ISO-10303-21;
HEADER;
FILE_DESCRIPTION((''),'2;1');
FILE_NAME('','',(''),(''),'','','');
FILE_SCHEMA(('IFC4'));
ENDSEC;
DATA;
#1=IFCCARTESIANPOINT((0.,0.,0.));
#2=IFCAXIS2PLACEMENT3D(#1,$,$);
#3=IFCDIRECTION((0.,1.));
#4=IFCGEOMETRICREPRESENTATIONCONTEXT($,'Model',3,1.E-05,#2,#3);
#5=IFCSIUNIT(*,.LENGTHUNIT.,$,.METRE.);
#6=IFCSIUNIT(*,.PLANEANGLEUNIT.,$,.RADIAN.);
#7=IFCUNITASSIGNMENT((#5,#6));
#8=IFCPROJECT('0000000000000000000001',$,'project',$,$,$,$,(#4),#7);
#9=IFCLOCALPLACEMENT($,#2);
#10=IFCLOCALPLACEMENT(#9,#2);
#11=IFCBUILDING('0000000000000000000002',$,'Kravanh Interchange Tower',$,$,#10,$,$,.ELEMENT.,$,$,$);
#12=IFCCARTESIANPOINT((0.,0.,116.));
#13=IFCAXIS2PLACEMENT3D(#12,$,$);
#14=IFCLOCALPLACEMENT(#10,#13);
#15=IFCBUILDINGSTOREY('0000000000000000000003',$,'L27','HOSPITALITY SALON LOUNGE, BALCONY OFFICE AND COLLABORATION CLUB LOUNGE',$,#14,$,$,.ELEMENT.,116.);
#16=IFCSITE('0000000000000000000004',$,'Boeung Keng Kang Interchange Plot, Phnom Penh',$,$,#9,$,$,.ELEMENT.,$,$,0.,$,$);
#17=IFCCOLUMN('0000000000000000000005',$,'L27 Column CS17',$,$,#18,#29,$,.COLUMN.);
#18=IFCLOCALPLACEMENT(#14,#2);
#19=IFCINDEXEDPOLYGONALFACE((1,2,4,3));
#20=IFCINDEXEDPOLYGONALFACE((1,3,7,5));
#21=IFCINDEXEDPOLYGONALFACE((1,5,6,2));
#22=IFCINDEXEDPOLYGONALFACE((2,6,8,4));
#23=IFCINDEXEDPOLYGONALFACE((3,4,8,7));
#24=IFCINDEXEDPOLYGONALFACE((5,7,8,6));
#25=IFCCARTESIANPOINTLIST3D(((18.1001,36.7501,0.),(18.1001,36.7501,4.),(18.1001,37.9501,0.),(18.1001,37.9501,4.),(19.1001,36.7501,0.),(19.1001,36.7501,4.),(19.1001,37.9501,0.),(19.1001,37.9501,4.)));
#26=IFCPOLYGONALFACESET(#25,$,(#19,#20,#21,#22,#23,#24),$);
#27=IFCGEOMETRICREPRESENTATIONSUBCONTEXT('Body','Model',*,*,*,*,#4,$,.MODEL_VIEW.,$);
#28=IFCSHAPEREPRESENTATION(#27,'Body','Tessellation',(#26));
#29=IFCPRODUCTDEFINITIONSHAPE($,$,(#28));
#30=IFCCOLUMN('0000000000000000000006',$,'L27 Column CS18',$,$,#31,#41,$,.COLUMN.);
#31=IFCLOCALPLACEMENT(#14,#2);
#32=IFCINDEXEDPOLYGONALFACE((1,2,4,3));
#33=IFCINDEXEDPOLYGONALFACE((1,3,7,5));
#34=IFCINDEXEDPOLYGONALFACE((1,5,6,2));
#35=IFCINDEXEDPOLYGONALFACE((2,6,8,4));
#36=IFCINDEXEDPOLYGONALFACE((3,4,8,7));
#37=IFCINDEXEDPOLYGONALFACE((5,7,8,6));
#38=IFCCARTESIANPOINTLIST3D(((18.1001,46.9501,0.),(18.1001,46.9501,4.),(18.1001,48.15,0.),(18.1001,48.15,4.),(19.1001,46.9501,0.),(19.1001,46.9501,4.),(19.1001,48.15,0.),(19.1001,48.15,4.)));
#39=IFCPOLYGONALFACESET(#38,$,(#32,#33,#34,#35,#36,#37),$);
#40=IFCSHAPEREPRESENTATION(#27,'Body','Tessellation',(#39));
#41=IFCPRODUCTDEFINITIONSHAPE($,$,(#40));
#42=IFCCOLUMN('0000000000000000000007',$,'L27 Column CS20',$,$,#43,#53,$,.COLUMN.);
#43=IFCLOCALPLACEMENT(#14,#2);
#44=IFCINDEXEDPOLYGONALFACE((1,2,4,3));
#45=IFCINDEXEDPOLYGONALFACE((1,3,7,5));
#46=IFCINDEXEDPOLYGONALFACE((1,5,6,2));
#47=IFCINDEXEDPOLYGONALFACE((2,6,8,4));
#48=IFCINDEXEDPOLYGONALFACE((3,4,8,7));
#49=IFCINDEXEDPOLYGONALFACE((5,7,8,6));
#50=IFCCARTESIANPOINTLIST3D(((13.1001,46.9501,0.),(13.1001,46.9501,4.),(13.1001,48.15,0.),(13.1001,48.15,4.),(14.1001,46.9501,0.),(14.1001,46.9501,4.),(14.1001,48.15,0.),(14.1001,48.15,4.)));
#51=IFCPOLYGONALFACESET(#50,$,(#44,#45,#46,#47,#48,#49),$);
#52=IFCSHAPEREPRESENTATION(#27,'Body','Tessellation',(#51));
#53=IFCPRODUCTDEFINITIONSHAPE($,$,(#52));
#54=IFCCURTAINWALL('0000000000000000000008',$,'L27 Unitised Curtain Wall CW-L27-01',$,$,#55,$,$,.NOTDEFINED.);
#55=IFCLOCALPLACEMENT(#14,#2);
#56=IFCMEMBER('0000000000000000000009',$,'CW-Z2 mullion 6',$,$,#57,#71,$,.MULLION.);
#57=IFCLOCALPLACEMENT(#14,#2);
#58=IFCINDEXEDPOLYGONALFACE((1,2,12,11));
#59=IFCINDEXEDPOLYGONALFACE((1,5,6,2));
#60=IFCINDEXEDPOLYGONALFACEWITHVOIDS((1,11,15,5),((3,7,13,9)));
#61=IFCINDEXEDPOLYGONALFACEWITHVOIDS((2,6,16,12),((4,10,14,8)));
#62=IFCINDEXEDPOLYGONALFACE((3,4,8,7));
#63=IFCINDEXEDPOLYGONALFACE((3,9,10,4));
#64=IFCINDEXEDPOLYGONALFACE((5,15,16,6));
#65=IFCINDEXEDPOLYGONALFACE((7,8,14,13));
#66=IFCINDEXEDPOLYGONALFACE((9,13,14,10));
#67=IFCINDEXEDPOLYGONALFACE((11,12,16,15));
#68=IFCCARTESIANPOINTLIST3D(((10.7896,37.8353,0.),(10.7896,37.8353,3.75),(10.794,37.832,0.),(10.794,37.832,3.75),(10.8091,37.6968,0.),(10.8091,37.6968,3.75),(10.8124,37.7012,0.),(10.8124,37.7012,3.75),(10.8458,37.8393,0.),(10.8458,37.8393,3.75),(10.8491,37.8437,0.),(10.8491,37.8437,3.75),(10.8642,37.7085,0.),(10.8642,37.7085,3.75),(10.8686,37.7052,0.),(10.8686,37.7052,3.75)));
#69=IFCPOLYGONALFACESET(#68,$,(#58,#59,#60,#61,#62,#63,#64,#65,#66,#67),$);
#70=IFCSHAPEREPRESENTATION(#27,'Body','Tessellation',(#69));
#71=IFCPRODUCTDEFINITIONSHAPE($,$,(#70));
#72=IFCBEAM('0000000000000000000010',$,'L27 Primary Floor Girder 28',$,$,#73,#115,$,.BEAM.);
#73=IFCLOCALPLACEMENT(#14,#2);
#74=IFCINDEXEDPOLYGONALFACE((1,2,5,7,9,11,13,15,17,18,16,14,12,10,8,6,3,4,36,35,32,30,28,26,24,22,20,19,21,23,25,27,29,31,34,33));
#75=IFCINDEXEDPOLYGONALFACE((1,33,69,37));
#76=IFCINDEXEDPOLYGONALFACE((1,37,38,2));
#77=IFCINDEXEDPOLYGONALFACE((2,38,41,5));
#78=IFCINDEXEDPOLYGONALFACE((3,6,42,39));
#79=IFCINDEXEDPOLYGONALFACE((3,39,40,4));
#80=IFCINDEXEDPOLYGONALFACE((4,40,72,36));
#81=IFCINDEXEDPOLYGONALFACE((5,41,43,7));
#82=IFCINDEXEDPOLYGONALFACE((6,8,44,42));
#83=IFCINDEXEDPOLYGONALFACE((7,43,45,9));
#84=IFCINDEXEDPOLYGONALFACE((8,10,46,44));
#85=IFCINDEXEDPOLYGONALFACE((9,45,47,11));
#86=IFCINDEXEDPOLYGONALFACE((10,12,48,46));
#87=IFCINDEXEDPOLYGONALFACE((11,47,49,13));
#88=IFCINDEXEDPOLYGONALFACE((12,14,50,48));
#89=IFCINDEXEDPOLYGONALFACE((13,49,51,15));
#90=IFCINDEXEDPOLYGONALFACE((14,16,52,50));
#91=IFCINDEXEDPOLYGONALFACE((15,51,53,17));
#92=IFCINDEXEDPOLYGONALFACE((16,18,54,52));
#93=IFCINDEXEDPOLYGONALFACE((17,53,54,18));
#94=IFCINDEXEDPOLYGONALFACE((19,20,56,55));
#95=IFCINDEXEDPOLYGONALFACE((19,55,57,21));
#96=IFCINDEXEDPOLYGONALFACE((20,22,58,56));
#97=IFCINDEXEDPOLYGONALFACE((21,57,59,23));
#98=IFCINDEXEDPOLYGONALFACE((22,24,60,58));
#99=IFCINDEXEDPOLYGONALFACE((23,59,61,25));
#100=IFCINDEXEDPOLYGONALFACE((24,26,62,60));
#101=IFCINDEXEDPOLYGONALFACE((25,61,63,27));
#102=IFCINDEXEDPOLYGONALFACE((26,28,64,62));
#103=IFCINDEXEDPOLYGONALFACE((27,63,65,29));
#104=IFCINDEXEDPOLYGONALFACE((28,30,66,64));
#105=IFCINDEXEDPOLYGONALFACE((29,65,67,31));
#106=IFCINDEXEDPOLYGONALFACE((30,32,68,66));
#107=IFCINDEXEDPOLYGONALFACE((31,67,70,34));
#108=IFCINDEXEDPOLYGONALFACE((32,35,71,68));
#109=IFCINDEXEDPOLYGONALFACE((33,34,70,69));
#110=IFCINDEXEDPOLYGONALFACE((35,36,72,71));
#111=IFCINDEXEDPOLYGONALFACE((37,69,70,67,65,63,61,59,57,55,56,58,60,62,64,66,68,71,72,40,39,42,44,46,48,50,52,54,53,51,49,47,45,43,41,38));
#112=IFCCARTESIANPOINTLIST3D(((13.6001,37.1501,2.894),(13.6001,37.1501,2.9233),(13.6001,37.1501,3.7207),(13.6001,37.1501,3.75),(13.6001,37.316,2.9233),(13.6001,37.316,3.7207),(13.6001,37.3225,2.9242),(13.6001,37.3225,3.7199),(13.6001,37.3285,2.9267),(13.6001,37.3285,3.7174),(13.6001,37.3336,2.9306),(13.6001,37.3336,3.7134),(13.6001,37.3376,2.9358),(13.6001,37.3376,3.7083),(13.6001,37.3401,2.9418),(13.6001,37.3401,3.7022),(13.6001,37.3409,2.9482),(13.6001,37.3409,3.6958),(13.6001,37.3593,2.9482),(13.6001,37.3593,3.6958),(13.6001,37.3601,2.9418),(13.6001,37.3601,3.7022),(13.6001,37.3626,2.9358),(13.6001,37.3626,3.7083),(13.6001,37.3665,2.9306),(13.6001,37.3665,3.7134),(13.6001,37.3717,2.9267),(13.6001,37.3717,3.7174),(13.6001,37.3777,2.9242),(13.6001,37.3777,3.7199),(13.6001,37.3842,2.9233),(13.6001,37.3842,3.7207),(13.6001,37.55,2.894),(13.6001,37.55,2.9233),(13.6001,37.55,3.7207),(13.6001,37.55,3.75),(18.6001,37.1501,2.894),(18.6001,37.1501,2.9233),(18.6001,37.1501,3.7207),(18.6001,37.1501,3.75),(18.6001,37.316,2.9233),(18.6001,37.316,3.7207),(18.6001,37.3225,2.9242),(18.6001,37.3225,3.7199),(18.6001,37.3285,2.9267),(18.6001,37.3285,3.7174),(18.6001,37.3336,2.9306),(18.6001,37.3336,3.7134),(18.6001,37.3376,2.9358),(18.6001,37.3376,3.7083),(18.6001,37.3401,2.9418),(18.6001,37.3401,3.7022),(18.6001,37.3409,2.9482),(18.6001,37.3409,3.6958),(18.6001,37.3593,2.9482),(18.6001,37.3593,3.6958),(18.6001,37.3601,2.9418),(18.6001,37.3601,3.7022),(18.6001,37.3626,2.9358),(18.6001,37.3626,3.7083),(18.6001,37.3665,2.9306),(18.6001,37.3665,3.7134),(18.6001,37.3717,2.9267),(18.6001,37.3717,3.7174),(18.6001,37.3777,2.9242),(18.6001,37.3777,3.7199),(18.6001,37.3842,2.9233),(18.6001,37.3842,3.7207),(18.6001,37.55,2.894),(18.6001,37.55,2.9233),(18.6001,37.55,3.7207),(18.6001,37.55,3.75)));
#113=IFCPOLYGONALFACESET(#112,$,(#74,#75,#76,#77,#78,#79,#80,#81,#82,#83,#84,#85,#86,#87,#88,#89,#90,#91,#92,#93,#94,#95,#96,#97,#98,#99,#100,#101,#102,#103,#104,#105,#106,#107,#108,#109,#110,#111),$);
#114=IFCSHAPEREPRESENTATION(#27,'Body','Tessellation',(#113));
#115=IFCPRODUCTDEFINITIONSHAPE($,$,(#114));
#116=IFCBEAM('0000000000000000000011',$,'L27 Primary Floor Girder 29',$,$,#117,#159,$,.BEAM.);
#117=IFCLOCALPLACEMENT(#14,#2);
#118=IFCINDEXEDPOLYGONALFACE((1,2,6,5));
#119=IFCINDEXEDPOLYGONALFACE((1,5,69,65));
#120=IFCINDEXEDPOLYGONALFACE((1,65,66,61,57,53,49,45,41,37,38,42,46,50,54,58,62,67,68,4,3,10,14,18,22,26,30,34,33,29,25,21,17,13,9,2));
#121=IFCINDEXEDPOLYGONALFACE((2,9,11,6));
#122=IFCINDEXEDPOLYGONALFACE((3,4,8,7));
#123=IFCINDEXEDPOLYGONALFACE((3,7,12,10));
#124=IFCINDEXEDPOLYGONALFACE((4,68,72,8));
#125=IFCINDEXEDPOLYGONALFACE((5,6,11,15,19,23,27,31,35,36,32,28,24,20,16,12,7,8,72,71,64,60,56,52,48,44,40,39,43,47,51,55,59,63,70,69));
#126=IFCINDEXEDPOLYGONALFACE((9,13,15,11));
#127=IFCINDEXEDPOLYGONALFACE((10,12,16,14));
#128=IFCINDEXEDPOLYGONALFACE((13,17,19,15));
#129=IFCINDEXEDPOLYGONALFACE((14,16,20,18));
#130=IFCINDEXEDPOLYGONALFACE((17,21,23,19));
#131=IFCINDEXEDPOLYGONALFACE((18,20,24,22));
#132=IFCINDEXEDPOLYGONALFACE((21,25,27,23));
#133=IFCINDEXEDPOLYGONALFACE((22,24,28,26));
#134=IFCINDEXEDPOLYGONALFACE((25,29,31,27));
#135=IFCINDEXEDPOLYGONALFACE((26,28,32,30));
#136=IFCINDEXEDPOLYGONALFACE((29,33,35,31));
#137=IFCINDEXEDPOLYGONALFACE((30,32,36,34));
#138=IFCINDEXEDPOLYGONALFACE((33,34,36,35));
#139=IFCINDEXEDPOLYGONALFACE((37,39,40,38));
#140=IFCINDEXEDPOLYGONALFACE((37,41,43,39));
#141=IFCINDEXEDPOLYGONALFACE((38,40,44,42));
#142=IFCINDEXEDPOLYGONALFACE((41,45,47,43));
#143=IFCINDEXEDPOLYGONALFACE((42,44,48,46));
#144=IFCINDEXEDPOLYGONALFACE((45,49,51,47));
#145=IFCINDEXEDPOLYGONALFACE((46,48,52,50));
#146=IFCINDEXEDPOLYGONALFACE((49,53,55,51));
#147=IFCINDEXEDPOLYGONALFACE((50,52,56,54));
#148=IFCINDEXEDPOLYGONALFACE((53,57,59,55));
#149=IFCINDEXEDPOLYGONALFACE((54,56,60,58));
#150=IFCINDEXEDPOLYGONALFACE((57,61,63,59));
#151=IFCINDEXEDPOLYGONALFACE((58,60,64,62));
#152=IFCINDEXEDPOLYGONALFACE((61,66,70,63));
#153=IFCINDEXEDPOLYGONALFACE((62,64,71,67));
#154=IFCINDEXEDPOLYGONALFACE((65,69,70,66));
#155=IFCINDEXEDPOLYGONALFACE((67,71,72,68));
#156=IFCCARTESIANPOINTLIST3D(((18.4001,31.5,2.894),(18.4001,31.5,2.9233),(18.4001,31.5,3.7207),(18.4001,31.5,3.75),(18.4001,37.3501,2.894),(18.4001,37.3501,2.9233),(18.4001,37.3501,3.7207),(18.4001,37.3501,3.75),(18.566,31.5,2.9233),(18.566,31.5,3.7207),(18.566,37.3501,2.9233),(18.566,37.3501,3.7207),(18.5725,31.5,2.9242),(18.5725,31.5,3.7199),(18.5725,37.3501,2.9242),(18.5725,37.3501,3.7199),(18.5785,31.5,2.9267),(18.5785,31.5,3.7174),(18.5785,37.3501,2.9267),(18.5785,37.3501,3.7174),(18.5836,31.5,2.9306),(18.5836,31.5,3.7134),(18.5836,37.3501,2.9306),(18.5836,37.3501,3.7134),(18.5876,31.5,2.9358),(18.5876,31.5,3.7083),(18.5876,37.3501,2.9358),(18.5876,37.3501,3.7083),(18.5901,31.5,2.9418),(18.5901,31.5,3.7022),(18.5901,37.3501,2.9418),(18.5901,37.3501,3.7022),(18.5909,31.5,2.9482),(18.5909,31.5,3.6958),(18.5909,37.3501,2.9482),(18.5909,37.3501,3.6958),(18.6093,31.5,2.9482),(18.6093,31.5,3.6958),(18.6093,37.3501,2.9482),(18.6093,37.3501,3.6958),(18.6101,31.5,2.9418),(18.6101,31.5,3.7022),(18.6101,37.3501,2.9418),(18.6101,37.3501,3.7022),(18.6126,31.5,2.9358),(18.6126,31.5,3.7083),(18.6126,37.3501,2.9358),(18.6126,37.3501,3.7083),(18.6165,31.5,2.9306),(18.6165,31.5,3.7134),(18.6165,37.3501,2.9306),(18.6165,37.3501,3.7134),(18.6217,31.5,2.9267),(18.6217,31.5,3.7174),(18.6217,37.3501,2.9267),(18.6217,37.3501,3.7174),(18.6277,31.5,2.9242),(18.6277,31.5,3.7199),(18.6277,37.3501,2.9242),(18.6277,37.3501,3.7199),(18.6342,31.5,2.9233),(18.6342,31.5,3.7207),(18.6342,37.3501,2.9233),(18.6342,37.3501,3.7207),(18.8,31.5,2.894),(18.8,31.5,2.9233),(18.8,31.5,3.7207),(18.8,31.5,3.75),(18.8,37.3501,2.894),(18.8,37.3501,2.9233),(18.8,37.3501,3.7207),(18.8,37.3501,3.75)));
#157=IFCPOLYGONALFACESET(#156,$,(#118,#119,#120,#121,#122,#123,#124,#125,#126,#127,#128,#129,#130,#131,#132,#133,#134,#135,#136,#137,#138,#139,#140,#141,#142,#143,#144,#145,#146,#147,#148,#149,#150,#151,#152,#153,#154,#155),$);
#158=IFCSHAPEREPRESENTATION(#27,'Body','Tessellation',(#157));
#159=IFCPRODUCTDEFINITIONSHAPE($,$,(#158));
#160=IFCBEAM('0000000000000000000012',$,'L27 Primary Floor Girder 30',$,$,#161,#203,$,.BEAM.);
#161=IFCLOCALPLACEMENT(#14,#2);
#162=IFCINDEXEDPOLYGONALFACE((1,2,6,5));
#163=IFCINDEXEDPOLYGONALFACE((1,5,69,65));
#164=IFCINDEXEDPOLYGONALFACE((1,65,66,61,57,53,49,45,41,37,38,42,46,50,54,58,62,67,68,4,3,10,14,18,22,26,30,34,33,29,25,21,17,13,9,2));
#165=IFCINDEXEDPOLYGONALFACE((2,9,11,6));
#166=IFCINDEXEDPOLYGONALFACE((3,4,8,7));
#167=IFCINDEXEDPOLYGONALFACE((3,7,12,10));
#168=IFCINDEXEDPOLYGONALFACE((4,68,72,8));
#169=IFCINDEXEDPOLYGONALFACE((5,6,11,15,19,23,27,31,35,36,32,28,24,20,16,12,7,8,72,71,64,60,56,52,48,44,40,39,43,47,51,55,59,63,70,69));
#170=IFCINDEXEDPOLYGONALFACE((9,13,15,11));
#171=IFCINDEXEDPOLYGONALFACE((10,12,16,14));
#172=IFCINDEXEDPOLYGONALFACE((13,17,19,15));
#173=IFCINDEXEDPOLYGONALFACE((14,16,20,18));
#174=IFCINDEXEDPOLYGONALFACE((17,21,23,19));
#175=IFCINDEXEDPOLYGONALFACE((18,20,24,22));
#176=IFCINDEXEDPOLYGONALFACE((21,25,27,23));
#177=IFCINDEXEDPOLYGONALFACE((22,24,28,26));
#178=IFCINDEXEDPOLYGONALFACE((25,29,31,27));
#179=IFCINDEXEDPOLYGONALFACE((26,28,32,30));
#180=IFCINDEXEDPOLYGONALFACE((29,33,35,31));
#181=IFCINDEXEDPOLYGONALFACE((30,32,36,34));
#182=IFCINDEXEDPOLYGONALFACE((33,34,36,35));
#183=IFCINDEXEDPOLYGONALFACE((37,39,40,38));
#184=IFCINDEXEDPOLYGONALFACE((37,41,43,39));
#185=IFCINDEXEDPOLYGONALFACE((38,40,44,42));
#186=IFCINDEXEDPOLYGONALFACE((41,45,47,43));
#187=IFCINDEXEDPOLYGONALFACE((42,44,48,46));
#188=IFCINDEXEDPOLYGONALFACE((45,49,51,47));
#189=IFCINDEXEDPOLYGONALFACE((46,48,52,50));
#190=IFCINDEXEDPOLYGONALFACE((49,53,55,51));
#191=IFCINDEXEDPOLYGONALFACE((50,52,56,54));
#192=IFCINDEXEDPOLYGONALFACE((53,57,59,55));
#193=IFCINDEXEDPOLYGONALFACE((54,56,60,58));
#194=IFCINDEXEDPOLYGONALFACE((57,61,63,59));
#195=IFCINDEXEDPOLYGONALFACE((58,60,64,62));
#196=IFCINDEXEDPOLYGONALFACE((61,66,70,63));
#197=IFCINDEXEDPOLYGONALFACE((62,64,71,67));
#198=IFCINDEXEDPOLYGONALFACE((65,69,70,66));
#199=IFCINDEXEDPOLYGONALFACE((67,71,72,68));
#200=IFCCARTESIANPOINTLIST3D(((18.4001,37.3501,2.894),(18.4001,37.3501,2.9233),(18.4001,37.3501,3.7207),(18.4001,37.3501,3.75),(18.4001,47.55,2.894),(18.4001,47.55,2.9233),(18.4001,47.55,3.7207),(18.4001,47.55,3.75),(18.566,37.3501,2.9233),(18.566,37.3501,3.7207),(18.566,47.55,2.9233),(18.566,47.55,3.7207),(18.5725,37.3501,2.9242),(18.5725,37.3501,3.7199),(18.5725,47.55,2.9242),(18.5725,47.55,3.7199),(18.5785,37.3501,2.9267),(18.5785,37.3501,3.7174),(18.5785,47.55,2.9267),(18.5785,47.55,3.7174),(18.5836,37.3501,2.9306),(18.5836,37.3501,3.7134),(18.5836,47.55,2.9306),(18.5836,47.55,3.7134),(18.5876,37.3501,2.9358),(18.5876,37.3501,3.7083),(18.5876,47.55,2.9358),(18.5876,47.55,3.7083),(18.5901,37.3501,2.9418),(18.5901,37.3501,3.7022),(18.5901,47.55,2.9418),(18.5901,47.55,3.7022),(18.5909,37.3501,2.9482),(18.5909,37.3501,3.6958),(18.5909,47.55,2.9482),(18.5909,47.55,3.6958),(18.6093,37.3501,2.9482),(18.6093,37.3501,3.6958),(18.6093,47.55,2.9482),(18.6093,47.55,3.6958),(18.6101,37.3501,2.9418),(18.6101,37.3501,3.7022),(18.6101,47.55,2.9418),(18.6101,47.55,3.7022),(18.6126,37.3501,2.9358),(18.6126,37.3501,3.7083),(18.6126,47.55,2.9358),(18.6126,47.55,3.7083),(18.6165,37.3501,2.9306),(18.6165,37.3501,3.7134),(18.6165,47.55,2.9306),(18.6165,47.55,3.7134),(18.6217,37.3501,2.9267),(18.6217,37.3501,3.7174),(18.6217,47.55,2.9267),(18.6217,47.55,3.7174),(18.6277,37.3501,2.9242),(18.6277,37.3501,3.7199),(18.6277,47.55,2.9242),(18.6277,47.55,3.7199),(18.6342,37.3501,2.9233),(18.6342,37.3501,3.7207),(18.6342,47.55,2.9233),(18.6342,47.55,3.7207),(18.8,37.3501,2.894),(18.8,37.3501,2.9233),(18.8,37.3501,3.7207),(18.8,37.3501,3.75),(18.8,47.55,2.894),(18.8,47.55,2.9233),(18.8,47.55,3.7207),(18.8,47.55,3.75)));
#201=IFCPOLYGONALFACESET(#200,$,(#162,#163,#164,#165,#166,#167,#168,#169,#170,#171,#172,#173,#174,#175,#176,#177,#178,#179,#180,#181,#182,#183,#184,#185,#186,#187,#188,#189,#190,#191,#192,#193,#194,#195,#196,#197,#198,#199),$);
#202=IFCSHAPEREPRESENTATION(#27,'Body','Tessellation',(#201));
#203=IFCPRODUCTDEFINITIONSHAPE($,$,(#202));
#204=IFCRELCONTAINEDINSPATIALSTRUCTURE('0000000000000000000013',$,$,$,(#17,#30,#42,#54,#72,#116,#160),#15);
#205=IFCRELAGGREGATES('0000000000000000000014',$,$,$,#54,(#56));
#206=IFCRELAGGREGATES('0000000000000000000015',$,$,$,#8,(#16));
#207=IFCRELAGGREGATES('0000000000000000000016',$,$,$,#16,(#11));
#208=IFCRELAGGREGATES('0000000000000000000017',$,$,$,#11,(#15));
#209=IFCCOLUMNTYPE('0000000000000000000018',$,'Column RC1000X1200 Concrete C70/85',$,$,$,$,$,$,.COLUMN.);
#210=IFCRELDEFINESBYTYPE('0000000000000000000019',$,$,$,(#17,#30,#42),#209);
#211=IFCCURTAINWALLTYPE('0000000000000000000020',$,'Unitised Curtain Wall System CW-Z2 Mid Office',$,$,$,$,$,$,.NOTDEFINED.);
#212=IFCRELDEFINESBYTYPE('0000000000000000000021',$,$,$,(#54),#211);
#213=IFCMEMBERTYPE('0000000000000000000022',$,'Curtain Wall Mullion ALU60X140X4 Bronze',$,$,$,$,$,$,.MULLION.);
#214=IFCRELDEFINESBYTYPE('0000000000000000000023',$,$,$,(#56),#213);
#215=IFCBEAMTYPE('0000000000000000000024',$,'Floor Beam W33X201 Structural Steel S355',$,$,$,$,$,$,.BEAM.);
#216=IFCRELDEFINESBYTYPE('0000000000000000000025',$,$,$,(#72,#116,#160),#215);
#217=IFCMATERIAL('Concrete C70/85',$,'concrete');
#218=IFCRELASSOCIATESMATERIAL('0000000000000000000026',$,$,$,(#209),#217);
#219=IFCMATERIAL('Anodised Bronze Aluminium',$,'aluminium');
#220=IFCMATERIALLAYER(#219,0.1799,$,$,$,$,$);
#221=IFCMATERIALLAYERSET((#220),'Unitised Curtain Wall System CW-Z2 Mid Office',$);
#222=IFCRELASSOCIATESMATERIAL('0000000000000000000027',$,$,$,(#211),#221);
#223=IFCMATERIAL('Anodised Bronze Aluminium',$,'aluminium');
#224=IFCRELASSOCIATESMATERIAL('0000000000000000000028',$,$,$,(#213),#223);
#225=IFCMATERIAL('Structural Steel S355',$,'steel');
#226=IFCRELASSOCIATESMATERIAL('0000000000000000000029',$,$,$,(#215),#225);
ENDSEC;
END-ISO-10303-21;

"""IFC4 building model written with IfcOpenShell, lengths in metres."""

from ifc_helpers import new_model, si_unit, direction, frame, origin, origin_2d, place, context, subcontext, project, spatial, rectangle, hollow_rectangle, i_section, extrude, material, layer, layer_set, material_profile, profile_set, type_object, element, aggregate, save


model = new_model("IFC4")

# Units and contexts
model_context = context("Model", 3, precision=1e-05, world=origin(), true_north=direction((0.0, 1.0)))
body_context = subcontext(model_context, "Body", "Model", "MODEL_VIEW")
ifc_project = project(units=[si_unit("LENGTHUNIT", "METRE"), si_unit("PLANEANGLEUNIT", "RADIAN")], contexts=[model_context])

# Site, building, storey
site_placement = place(None, origin())
site = spatial("IfcSite", under=ifc_project, at=site_placement, Name="Boeung Keng Kang Interchange Plot, Phnom Penh", CompositionType="ELEMENT", RefElevation=0.0)
building_placement = place(site_placement, origin())
building = spatial("IfcBuilding", under=site, at=building_placement, Name="Kravanh Interchange Tower", CompositionType="ELEMENT")
storey_placement = place(building_placement, frame((0.0, 0.0, 116.0)))
storey = spatial("IfcBuildingStorey", under=building, at=storey_placement, Name="L27", Description="HOSPITALITY SALON LOUNGE, BALCONY OFFICE AND COLLABORATION CLUB LOUNGE", CompositionType="ELEMENT", Elevation=116.0)

# Columns
ifc_material_1 = material(Name="Concrete C70/85", Category="concrete")
ifc_material_profile_1 = material_profile(ifc_material_1, rectangle(XDim=1.0, YDim=1.2, at=origin_2d()), Name="RC1000X1200")
ifc_profile_set_1 = profile_set([ifc_material_profile_1], Name="Concrete C70/85")
column_type = type_object("IfcColumnType", Name="Column RC1000X1200 Concrete C70/85", PredefinedType="COLUMN", material=ifc_profile_set_1)
for number, where, z_axis, x_axis, name in (
    (1, (18.6001, 37.3501, 0.0), (0.0, 0.0, 1.0), (1.0, 0.0, 0.0), "L27 Column CS17"),
    (2, (18.6001, 47.55, 0.0), (0.0, 0.0, 1.0), (1.0, 0.0, 0.0), "L27 Column CS18"),
    (3, (13.6001, 47.55, 0.0), (0.0, 0.0, 1.0), (1.0, 0.0, 0.0), "L27 Column CS20"),
):
    element("IfcColumn", number, at=place(storey_placement, frame(where, z_axis=z_axis, x_axis=x_axis)), inside=storey, type_object=column_type, Name=name, PredefinedType="COLUMN", context=body_context, shape_type="SweptSolid", body=[
        extrude(rectangle(XDim=1.0, YDim=1.2, at=origin_2d()), origin(), (0.0, 0.0, 1.0), 4.0),
    ])

# Curtain wall, member
ifc_material_2 = material(Name="Anodised Bronze Aluminium", Category="aluminium")
ifc_layer_1 = layer(ifc_material_2, 0.1799)
ifc_layer_set_1 = layer_set([ifc_layer_1], Name="Unitised Curtain Wall System CW-Z2 Mid Office")
curtain_wall_type = type_object("IfcCurtainWallType", Name="Unitised Curtain Wall System CW-Z2 Mid Office", PredefinedType="NOTDEFINED", material=ifc_layer_set_1)
curtain_wall_placement = place(storey_placement, origin())
curtain_wall = element("IfcCurtainWall", 4, at=curtain_wall_placement, inside=storey, type_object=curtain_wall_type, Name="L27 Unitised Curtain Wall CW-L27-01", PredefinedType="NOTDEFINED")
ifc_material_3 = material(Name="Anodised Bronze Aluminium", Category="aluminium")
ifc_material_profile_2 = material_profile(ifc_material_3, hollow_rectangle(XDim=0.0601, YDim=0.1399, WallThickness=0.0039, at=origin_2d()), Name="ALU60X140X4")
ifc_profile_set_2 = profile_set([ifc_material_profile_2], Name="Anodised Bronze Aluminium")
member_type = type_object("IfcMemberType", Name="Curtain Wall Mullion ALU60X140X4 Bronze", PredefinedType="MULLION", material=ifc_profile_set_2)
member_placement = place(storey_placement, frame((10.8291, 37.7703, 0.0), z_axis=(0.0, 0.0, 1.0), x_axis=(-0.990268, -0.139173, 0.0)))
member = element("IfcMember", 5, at=member_placement, type_object=member_type, Name="CW-Z2 mullion 6", PredefinedType="MULLION", context=body_context, shape_type="SweptSolid", body=[
    extrude(hollow_rectangle(XDim=0.0601, YDim=0.1399, WallThickness=0.0039, at=origin_2d()), origin(), (0.0, 0.0, 1.0), 3.75),
])
aggregate(curtain_wall, [member])

# Beams
ifc_material_4 = material(Name="Structural Steel S355", Category="steel")
ifc_material_profile_3 = material_profile(ifc_material_4, i_section(OverallWidth=0.3999, OverallDepth=0.856, WebThickness=0.0183, FlangeThickness=0.0293, FilletRadius=0.0249, at=origin_2d()), Name="W33X201")
ifc_profile_set_3 = profile_set([ifc_material_profile_3], Name="Structural Steel S355")
beam_type = type_object("IfcBeamType", Name="Floor Beam W33X201 Structural Steel S355", PredefinedType="BEAM", material=ifc_profile_set_3)
beam_1_placement = place(storey_placement, frame((18.6001, 37.3501, 3.322), z_axis=(-1.0, 0.0, 0.0), x_axis=(0.0, -1.0, 0.0)))
element("IfcBeam", 6, at=beam_1_placement, inside=storey, type_object=beam_type, Name="L27 Primary Floor Girder 28", PredefinedType="BEAM", context=body_context, shape_type="SweptSolid", body=[
    extrude(i_section(OverallWidth=0.3999, OverallDepth=0.856, WebThickness=0.0183, FlangeThickness=0.0293, FilletRadius=0.0249, at=origin_2d()), origin(), (0.0, 0.0, 1.0), 5.0),
])
beam_2_placement = place(storey_placement, frame((18.6001, 37.3501, 3.322), z_axis=(0.0, -1.0, 0.0), x_axis=(1.0, 0.0, 0.0)))
element("IfcBeam", 7, at=beam_2_placement, inside=storey, type_object=beam_type, Name="L27 Primary Floor Girder 29", PredefinedType="BEAM", context=body_context, shape_type="SweptSolid", body=[
    extrude(i_section(OverallWidth=0.3999, OverallDepth=0.856, WebThickness=0.0183, FlangeThickness=0.0293, FilletRadius=0.0249, at=origin_2d()), origin(), (0.0, 0.0, 1.0), 5.8501),
])
beam_3_placement = place(storey_placement, frame((18.6001, 37.3501, 3.322), z_axis=(0.0, 1.0, 0.0), x_axis=(-1.0, 0.0, 0.0)))
element("IfcBeam", 8, at=beam_3_placement, inside=storey, type_object=beam_type, Name="L27 Primary Floor Girder 30", PredefinedType="BEAM", context=body_context, shape_type="SweptSolid", body=[
    extrude(i_section(OverallWidth=0.3999, OverallDepth=0.856, WebThickness=0.0183, FlangeThickness=0.0293, FilletRadius=0.0249, at=origin_2d()), origin(), (0.0, 0.0, 1.0), 10.2),
])

save(model, "model.ifc")
